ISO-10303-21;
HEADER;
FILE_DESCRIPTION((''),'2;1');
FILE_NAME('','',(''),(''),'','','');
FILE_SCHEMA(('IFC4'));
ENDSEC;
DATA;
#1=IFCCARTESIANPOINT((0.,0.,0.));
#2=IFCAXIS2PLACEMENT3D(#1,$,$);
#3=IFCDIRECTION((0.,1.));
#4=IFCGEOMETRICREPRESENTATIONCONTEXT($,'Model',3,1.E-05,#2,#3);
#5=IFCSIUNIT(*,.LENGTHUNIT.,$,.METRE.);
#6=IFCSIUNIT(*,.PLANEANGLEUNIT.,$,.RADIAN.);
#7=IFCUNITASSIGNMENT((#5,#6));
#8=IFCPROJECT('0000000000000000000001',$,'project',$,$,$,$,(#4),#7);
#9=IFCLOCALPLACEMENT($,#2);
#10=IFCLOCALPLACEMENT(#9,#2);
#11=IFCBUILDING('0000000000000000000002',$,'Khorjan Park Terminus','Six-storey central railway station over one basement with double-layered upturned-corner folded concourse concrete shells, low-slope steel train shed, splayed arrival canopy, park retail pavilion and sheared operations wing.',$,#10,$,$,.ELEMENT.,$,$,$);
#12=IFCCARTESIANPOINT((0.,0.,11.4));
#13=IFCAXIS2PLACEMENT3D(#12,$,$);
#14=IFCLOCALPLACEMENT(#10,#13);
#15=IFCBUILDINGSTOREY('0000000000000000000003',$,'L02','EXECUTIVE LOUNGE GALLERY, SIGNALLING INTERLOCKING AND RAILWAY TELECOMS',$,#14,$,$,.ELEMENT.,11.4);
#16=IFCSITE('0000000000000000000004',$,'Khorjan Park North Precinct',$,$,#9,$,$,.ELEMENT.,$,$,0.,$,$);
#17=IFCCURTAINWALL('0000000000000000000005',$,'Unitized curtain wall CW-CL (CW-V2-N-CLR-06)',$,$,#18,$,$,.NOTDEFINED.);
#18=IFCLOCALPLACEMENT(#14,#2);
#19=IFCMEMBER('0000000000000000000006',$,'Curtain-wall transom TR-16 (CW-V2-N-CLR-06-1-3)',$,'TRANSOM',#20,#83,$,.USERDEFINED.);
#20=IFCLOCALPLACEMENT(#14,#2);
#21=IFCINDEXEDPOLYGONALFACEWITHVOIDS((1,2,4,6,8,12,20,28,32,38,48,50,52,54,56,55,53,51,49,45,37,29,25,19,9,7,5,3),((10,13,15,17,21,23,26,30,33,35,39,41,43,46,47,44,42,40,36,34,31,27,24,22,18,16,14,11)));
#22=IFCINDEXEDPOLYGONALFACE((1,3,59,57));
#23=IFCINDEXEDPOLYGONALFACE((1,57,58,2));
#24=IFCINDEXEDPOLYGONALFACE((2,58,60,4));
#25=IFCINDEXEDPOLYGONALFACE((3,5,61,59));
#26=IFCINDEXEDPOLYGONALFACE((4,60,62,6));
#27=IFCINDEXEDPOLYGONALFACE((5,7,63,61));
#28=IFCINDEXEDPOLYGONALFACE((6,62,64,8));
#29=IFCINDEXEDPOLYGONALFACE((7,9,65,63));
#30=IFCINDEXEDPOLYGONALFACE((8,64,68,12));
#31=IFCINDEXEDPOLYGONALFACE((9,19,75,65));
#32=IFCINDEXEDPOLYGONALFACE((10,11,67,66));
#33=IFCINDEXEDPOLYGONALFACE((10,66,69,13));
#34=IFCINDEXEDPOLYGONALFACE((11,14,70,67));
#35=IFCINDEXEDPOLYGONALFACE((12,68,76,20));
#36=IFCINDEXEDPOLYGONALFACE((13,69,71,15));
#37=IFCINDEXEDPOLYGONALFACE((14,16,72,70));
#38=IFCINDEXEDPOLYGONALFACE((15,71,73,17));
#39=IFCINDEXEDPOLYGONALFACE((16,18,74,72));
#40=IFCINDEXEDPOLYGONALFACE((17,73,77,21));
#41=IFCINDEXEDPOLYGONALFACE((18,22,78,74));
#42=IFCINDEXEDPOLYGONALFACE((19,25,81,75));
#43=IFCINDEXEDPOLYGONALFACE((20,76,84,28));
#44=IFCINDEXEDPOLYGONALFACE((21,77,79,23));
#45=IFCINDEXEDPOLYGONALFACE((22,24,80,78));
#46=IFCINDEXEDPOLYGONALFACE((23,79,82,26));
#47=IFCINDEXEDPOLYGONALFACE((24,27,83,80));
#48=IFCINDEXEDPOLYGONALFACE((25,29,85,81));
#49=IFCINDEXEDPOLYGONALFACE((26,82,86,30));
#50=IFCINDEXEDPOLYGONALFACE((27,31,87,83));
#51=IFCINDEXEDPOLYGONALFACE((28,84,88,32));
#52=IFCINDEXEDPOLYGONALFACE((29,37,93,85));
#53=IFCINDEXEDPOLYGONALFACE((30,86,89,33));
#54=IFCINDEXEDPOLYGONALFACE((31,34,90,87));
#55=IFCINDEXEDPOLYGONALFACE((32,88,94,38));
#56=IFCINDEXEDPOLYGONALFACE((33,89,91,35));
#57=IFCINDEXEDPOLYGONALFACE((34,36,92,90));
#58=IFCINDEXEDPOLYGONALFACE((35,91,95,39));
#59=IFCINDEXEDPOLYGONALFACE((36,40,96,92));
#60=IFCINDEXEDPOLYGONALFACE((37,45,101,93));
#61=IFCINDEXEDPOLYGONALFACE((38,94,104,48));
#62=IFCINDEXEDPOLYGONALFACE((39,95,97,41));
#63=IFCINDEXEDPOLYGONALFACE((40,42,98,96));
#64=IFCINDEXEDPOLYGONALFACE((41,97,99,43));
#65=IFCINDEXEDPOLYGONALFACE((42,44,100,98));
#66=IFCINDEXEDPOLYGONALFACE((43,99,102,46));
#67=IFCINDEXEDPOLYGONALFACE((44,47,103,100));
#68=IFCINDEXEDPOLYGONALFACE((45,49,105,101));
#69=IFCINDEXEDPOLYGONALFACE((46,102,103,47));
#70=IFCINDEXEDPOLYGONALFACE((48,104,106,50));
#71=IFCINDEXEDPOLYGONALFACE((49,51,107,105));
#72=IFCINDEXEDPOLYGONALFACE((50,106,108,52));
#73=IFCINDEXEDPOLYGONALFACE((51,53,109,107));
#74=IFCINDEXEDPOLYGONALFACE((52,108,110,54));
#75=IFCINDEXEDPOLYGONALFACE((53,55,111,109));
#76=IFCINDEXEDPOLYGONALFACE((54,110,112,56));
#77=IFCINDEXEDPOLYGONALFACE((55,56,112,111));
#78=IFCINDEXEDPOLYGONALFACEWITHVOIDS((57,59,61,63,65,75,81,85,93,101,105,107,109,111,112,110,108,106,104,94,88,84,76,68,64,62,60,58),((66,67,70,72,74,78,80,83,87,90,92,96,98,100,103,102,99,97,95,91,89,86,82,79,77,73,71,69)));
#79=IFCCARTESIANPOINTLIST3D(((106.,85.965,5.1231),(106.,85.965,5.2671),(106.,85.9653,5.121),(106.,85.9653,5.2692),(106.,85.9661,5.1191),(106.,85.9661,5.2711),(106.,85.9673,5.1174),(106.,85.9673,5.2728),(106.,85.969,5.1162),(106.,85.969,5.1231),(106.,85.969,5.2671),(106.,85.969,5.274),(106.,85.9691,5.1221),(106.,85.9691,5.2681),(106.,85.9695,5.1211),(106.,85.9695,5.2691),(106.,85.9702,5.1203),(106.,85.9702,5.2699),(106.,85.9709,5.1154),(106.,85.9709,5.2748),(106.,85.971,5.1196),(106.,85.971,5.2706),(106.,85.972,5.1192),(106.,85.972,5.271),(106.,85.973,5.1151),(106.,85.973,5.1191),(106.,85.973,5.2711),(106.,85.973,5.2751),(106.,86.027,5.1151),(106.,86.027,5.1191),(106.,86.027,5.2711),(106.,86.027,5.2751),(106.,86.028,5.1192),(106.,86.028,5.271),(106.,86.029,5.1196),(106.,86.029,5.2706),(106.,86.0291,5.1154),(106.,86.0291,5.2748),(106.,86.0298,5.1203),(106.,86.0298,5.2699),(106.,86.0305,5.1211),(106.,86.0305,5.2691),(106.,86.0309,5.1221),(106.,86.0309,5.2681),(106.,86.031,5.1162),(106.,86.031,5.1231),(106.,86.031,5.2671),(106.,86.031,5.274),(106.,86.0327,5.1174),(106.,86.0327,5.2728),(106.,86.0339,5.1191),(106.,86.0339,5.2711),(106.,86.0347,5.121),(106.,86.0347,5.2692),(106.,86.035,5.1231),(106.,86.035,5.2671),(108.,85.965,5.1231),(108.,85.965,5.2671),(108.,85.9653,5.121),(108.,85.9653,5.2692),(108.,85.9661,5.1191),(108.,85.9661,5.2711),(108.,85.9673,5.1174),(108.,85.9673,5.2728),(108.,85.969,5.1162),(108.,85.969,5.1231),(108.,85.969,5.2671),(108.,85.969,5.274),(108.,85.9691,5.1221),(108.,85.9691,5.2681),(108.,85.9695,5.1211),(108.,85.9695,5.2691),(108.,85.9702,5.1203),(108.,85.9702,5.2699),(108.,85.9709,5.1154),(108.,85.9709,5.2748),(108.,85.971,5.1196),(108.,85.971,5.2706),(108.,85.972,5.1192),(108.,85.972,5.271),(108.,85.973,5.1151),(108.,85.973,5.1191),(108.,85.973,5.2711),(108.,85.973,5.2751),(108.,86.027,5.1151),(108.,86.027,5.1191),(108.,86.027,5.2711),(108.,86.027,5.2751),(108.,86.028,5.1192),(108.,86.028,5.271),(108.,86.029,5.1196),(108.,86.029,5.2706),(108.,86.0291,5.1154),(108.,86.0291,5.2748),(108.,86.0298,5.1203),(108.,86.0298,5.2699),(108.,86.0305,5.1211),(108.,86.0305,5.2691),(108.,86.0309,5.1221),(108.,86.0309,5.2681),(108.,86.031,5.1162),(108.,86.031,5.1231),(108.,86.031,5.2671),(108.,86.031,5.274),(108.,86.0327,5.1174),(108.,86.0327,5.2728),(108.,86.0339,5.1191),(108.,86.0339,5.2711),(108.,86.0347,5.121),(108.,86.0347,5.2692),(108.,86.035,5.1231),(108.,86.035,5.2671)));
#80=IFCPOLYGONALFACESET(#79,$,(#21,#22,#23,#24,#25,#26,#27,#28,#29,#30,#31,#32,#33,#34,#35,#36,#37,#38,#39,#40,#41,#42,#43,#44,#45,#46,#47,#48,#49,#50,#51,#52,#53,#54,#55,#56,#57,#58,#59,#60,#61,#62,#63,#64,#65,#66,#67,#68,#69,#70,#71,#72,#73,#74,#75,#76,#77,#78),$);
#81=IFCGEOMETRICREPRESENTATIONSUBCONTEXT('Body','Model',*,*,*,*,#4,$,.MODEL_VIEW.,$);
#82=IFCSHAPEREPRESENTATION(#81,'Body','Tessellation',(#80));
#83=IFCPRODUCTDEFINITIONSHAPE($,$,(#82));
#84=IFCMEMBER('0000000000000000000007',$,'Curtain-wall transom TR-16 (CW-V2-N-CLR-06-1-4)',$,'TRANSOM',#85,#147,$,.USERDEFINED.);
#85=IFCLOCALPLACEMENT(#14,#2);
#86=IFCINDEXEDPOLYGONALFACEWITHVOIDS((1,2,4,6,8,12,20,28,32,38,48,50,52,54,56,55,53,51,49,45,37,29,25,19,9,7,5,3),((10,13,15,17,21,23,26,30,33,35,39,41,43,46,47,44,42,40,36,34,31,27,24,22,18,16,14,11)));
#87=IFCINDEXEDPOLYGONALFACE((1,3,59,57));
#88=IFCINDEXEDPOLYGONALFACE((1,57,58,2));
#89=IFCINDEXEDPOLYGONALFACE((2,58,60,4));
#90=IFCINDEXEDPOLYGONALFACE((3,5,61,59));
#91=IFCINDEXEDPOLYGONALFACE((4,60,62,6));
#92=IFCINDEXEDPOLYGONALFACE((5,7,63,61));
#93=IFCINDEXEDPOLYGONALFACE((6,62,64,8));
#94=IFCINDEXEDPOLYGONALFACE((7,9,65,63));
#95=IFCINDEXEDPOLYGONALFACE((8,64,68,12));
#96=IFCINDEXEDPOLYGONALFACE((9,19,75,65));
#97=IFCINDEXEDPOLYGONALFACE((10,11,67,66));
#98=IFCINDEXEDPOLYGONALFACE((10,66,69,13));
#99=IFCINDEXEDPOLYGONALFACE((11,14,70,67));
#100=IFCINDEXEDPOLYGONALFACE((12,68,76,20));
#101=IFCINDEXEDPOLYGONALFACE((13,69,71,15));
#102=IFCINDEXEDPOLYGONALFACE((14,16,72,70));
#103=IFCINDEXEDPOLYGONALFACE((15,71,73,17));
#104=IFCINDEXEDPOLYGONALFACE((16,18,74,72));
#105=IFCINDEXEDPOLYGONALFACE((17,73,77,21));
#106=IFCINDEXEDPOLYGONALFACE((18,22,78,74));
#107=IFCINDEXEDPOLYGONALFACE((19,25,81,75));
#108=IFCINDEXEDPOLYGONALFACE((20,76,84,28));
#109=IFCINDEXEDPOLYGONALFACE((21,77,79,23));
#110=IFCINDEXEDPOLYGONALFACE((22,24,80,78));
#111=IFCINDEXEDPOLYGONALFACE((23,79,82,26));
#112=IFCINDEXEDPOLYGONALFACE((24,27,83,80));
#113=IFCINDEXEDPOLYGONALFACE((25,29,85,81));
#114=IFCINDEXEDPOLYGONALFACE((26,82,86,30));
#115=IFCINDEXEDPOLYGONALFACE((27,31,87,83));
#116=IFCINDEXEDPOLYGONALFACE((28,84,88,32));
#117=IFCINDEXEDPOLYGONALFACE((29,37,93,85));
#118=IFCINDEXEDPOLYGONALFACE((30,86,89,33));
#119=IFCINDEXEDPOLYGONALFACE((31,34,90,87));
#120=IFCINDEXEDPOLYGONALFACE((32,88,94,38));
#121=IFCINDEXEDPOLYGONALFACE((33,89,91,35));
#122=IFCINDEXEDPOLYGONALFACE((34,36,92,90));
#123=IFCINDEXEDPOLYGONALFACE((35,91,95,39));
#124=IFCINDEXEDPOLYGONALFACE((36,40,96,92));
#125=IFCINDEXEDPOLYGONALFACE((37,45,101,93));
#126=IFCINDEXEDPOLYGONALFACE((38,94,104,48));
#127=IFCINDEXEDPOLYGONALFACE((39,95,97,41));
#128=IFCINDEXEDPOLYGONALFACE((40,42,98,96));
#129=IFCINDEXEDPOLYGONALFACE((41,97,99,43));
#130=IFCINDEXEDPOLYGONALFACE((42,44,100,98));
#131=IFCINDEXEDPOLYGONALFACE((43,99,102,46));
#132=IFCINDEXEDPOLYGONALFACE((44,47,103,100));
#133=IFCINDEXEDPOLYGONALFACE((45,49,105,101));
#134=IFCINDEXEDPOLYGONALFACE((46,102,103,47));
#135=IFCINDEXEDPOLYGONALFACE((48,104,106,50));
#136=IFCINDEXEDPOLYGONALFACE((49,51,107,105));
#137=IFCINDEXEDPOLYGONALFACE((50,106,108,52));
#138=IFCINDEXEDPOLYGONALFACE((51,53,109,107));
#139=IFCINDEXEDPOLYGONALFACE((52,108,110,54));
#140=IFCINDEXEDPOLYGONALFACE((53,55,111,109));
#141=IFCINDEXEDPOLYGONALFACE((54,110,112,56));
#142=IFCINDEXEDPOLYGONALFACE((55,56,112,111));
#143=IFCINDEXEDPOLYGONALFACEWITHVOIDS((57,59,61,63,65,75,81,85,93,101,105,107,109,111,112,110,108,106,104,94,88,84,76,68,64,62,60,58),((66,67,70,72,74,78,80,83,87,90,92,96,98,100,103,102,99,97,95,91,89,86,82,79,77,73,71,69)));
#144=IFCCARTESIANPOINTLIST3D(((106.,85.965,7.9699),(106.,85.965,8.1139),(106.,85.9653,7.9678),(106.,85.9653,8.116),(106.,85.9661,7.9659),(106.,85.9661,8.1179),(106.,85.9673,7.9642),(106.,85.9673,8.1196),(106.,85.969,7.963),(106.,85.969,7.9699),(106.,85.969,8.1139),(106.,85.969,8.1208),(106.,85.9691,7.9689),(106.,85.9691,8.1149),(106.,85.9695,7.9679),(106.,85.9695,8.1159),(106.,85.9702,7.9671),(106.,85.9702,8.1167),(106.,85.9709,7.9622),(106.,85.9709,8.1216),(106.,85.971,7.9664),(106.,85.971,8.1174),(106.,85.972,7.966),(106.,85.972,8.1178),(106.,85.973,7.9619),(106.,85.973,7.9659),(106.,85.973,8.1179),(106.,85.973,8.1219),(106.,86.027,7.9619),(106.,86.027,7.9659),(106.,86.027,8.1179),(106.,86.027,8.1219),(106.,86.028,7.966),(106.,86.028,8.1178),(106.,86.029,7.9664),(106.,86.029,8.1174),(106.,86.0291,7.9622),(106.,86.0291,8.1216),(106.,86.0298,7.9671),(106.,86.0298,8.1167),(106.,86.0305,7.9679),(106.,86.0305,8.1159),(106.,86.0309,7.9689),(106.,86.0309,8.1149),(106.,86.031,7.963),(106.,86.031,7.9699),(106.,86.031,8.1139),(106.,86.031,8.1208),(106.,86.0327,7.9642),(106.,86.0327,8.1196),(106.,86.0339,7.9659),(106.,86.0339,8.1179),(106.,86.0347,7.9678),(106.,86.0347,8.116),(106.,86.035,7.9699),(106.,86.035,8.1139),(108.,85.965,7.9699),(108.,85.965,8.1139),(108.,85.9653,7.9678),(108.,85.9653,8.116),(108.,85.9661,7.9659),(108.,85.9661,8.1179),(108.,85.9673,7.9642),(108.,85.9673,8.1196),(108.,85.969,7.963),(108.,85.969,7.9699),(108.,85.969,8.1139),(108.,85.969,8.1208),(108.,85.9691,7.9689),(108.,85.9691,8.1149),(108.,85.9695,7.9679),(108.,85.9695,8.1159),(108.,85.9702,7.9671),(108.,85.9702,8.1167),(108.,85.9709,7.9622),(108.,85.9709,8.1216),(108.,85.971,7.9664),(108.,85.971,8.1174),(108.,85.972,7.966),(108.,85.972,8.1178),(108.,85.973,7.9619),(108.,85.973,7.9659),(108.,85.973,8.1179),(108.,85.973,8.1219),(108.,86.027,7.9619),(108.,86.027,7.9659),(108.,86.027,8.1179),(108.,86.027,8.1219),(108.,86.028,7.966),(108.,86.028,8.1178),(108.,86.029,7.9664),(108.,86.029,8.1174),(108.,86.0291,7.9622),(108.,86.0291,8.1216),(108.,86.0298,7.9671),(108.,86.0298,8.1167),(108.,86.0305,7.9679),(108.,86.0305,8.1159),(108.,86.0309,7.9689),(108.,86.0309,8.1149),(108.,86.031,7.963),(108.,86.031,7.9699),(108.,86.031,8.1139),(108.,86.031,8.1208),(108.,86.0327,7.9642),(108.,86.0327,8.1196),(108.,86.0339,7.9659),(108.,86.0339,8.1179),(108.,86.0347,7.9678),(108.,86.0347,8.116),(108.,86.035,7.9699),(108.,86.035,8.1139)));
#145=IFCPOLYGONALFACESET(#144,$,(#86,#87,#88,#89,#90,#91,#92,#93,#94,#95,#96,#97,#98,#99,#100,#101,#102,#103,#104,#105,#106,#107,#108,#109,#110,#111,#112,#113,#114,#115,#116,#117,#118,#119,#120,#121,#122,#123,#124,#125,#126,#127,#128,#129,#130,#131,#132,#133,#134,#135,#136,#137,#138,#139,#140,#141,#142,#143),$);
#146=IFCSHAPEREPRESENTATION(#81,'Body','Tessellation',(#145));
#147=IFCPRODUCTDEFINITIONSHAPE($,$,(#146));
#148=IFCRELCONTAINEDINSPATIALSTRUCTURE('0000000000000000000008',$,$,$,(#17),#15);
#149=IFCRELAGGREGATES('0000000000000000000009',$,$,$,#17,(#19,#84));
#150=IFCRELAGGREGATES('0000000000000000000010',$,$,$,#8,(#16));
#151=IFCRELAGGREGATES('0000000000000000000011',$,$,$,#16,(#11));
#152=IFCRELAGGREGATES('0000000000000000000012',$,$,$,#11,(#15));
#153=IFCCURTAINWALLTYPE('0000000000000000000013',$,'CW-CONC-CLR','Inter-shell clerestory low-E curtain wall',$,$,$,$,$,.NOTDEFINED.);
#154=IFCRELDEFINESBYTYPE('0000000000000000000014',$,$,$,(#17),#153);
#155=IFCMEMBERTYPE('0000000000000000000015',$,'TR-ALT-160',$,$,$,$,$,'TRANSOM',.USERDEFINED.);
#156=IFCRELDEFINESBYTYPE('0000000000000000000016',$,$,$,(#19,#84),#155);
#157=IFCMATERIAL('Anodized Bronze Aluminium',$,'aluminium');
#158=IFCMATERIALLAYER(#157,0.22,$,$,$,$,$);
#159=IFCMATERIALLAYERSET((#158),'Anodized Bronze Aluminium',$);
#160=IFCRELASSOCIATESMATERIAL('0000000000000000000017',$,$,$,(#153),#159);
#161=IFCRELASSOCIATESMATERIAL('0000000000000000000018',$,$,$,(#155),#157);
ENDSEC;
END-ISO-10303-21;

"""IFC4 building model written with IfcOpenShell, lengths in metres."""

from ifc_helpers import new_model, si_unit, direction, frame, origin, origin_2d, place, context, subcontext, project, spatial, hollow_rectangle, extrude, material, layer, layer_set, material_profile, profile_set, type_object, element, aggregate, save


model = new_model("IFC4")

# Units and contexts
model_context = context("Model", 3, precision=1e-05, world=origin(), true_north=direction((0.0, 1.0)))
body_context = subcontext(model_context, "Body", "Model", "MODEL_VIEW")
ifc_project = project(units=[si_unit("LENGTHUNIT", "METRE"), si_unit("PLANEANGLEUNIT", "RADIAN")], contexts=[model_context])

# Site, building, storey
site_placement = place(None, origin())
site = spatial("IfcSite", under=ifc_project, at=site_placement, Name="Khorjan Park North Precinct", CompositionType="ELEMENT", RefElevation=0.0)
building_placement = place(site_placement, origin())
building = spatial("IfcBuilding", under=site, at=building_placement, Name="Khorjan Park Terminus", Description="Six-storey central railway station over one basement with double-layered upturned-corner folded concourse concrete shells, low-slope steel train shed, splayed arrival canopy, park retail pavilion and sheared operations wing.", CompositionType="ELEMENT")
storey_placement = place(building_placement, frame((0.0, 0.0, 11.4)))
storey = spatial("IfcBuildingStorey", under=building, at=storey_placement, Name="L02", Description="EXECUTIVE LOUNGE GALLERY, SIGNALLING INTERLOCKING AND RAILWAY TELECOMS", CompositionType="ELEMENT", Elevation=11.4)

# Curtain wall
ifc_material_1 = material(Name="Anodized Bronze Aluminium", Category="aluminium")
ifc_layer_1 = layer(ifc_material_1, 0.22)
ifc_layer_set_1 = layer_set([ifc_layer_1], Name="Anodized Bronze Aluminium")
curtain_wall_type = type_object("IfcCurtainWallType", Name="CW-CONC-CLR", Description="Inter-shell clerestory low-E curtain wall", PredefinedType="NOTDEFINED", material=ifc_layer_set_1)
curtain_wall_1_placement = place(storey_placement, origin())
curtain_wall_1 = element("IfcCurtainWall", 1, at=curtain_wall_1_placement, inside=storey, type_object=curtain_wall_type, Name="Unitized curtain wall CW-CL (CW-V2-N-CLR-06)", PredefinedType="NOTDEFINED")

# Members
ifc_material_profile_1 = material_profile(ifc_material_1, hollow_rectangle(XDim=0.07, YDim=0.16, WallThickness=0.004, InnerFilletRadius=0.004, OuterFilletRadius=0.008, at=origin_2d()), Name="ALT 70x160x4")
ifc_profile_set_1 = profile_set([ifc_material_profile_1], Name="Anodized Bronze Aluminium")
member_type_1 = type_object("IfcMemberType", Name="TR-ALT-160", ElementType="TRANSOM", PredefinedType="USERDEFINED", material=ifc_profile_set_1)
member_1_placement = place(storey_placement, frame((108.0, 86.0, 5.1951), z_axis=(-1.0, 0.0, 0.0), x_axis=(0.0, -1.0, 0.0)))
member_1 = element("IfcMember", 2, at=member_1_placement, type_object=member_type_1, Name="Curtain-wall transom TR-16 (CW-V2-N-CLR-06-1-3)", ObjectType="TRANSOM", PredefinedType="USERDEFINED", context=body_context, shape_type="SweptSolid", body=[
    extrude(hollow_rectangle(XDim=0.07, YDim=0.16, WallThickness=0.004, InnerFilletRadius=0.004, OuterFilletRadius=0.008, at=origin_2d()), origin(), (0.0, 0.0, 1.0), 2.0),
])
member_2_placement = place(storey_placement, frame((108.0, 86.0, 8.0419), z_axis=(-1.0, 0.0, 0.0), x_axis=(0.0, -1.0, 0.0)))
member_2 = element("IfcMember", 3, at=member_2_placement, type_object=member_type_1, Name="Curtain-wall transom TR-16 (CW-V2-N-CLR-06-1-4)", ObjectType="TRANSOM", PredefinedType="USERDEFINED", context=body_context, shape_type="SweptSolid", body=[
    extrude(hollow_rectangle(XDim=0.07, YDim=0.16, WallThickness=0.004, InnerFilletRadius=0.004, OuterFilletRadius=0.008, at=origin_2d()), origin(), (0.0, 0.0, 1.0), 2.0),
])

aggregate(curtain_wall_1, [member_1, member_2])

save(model, "model.ifc")
